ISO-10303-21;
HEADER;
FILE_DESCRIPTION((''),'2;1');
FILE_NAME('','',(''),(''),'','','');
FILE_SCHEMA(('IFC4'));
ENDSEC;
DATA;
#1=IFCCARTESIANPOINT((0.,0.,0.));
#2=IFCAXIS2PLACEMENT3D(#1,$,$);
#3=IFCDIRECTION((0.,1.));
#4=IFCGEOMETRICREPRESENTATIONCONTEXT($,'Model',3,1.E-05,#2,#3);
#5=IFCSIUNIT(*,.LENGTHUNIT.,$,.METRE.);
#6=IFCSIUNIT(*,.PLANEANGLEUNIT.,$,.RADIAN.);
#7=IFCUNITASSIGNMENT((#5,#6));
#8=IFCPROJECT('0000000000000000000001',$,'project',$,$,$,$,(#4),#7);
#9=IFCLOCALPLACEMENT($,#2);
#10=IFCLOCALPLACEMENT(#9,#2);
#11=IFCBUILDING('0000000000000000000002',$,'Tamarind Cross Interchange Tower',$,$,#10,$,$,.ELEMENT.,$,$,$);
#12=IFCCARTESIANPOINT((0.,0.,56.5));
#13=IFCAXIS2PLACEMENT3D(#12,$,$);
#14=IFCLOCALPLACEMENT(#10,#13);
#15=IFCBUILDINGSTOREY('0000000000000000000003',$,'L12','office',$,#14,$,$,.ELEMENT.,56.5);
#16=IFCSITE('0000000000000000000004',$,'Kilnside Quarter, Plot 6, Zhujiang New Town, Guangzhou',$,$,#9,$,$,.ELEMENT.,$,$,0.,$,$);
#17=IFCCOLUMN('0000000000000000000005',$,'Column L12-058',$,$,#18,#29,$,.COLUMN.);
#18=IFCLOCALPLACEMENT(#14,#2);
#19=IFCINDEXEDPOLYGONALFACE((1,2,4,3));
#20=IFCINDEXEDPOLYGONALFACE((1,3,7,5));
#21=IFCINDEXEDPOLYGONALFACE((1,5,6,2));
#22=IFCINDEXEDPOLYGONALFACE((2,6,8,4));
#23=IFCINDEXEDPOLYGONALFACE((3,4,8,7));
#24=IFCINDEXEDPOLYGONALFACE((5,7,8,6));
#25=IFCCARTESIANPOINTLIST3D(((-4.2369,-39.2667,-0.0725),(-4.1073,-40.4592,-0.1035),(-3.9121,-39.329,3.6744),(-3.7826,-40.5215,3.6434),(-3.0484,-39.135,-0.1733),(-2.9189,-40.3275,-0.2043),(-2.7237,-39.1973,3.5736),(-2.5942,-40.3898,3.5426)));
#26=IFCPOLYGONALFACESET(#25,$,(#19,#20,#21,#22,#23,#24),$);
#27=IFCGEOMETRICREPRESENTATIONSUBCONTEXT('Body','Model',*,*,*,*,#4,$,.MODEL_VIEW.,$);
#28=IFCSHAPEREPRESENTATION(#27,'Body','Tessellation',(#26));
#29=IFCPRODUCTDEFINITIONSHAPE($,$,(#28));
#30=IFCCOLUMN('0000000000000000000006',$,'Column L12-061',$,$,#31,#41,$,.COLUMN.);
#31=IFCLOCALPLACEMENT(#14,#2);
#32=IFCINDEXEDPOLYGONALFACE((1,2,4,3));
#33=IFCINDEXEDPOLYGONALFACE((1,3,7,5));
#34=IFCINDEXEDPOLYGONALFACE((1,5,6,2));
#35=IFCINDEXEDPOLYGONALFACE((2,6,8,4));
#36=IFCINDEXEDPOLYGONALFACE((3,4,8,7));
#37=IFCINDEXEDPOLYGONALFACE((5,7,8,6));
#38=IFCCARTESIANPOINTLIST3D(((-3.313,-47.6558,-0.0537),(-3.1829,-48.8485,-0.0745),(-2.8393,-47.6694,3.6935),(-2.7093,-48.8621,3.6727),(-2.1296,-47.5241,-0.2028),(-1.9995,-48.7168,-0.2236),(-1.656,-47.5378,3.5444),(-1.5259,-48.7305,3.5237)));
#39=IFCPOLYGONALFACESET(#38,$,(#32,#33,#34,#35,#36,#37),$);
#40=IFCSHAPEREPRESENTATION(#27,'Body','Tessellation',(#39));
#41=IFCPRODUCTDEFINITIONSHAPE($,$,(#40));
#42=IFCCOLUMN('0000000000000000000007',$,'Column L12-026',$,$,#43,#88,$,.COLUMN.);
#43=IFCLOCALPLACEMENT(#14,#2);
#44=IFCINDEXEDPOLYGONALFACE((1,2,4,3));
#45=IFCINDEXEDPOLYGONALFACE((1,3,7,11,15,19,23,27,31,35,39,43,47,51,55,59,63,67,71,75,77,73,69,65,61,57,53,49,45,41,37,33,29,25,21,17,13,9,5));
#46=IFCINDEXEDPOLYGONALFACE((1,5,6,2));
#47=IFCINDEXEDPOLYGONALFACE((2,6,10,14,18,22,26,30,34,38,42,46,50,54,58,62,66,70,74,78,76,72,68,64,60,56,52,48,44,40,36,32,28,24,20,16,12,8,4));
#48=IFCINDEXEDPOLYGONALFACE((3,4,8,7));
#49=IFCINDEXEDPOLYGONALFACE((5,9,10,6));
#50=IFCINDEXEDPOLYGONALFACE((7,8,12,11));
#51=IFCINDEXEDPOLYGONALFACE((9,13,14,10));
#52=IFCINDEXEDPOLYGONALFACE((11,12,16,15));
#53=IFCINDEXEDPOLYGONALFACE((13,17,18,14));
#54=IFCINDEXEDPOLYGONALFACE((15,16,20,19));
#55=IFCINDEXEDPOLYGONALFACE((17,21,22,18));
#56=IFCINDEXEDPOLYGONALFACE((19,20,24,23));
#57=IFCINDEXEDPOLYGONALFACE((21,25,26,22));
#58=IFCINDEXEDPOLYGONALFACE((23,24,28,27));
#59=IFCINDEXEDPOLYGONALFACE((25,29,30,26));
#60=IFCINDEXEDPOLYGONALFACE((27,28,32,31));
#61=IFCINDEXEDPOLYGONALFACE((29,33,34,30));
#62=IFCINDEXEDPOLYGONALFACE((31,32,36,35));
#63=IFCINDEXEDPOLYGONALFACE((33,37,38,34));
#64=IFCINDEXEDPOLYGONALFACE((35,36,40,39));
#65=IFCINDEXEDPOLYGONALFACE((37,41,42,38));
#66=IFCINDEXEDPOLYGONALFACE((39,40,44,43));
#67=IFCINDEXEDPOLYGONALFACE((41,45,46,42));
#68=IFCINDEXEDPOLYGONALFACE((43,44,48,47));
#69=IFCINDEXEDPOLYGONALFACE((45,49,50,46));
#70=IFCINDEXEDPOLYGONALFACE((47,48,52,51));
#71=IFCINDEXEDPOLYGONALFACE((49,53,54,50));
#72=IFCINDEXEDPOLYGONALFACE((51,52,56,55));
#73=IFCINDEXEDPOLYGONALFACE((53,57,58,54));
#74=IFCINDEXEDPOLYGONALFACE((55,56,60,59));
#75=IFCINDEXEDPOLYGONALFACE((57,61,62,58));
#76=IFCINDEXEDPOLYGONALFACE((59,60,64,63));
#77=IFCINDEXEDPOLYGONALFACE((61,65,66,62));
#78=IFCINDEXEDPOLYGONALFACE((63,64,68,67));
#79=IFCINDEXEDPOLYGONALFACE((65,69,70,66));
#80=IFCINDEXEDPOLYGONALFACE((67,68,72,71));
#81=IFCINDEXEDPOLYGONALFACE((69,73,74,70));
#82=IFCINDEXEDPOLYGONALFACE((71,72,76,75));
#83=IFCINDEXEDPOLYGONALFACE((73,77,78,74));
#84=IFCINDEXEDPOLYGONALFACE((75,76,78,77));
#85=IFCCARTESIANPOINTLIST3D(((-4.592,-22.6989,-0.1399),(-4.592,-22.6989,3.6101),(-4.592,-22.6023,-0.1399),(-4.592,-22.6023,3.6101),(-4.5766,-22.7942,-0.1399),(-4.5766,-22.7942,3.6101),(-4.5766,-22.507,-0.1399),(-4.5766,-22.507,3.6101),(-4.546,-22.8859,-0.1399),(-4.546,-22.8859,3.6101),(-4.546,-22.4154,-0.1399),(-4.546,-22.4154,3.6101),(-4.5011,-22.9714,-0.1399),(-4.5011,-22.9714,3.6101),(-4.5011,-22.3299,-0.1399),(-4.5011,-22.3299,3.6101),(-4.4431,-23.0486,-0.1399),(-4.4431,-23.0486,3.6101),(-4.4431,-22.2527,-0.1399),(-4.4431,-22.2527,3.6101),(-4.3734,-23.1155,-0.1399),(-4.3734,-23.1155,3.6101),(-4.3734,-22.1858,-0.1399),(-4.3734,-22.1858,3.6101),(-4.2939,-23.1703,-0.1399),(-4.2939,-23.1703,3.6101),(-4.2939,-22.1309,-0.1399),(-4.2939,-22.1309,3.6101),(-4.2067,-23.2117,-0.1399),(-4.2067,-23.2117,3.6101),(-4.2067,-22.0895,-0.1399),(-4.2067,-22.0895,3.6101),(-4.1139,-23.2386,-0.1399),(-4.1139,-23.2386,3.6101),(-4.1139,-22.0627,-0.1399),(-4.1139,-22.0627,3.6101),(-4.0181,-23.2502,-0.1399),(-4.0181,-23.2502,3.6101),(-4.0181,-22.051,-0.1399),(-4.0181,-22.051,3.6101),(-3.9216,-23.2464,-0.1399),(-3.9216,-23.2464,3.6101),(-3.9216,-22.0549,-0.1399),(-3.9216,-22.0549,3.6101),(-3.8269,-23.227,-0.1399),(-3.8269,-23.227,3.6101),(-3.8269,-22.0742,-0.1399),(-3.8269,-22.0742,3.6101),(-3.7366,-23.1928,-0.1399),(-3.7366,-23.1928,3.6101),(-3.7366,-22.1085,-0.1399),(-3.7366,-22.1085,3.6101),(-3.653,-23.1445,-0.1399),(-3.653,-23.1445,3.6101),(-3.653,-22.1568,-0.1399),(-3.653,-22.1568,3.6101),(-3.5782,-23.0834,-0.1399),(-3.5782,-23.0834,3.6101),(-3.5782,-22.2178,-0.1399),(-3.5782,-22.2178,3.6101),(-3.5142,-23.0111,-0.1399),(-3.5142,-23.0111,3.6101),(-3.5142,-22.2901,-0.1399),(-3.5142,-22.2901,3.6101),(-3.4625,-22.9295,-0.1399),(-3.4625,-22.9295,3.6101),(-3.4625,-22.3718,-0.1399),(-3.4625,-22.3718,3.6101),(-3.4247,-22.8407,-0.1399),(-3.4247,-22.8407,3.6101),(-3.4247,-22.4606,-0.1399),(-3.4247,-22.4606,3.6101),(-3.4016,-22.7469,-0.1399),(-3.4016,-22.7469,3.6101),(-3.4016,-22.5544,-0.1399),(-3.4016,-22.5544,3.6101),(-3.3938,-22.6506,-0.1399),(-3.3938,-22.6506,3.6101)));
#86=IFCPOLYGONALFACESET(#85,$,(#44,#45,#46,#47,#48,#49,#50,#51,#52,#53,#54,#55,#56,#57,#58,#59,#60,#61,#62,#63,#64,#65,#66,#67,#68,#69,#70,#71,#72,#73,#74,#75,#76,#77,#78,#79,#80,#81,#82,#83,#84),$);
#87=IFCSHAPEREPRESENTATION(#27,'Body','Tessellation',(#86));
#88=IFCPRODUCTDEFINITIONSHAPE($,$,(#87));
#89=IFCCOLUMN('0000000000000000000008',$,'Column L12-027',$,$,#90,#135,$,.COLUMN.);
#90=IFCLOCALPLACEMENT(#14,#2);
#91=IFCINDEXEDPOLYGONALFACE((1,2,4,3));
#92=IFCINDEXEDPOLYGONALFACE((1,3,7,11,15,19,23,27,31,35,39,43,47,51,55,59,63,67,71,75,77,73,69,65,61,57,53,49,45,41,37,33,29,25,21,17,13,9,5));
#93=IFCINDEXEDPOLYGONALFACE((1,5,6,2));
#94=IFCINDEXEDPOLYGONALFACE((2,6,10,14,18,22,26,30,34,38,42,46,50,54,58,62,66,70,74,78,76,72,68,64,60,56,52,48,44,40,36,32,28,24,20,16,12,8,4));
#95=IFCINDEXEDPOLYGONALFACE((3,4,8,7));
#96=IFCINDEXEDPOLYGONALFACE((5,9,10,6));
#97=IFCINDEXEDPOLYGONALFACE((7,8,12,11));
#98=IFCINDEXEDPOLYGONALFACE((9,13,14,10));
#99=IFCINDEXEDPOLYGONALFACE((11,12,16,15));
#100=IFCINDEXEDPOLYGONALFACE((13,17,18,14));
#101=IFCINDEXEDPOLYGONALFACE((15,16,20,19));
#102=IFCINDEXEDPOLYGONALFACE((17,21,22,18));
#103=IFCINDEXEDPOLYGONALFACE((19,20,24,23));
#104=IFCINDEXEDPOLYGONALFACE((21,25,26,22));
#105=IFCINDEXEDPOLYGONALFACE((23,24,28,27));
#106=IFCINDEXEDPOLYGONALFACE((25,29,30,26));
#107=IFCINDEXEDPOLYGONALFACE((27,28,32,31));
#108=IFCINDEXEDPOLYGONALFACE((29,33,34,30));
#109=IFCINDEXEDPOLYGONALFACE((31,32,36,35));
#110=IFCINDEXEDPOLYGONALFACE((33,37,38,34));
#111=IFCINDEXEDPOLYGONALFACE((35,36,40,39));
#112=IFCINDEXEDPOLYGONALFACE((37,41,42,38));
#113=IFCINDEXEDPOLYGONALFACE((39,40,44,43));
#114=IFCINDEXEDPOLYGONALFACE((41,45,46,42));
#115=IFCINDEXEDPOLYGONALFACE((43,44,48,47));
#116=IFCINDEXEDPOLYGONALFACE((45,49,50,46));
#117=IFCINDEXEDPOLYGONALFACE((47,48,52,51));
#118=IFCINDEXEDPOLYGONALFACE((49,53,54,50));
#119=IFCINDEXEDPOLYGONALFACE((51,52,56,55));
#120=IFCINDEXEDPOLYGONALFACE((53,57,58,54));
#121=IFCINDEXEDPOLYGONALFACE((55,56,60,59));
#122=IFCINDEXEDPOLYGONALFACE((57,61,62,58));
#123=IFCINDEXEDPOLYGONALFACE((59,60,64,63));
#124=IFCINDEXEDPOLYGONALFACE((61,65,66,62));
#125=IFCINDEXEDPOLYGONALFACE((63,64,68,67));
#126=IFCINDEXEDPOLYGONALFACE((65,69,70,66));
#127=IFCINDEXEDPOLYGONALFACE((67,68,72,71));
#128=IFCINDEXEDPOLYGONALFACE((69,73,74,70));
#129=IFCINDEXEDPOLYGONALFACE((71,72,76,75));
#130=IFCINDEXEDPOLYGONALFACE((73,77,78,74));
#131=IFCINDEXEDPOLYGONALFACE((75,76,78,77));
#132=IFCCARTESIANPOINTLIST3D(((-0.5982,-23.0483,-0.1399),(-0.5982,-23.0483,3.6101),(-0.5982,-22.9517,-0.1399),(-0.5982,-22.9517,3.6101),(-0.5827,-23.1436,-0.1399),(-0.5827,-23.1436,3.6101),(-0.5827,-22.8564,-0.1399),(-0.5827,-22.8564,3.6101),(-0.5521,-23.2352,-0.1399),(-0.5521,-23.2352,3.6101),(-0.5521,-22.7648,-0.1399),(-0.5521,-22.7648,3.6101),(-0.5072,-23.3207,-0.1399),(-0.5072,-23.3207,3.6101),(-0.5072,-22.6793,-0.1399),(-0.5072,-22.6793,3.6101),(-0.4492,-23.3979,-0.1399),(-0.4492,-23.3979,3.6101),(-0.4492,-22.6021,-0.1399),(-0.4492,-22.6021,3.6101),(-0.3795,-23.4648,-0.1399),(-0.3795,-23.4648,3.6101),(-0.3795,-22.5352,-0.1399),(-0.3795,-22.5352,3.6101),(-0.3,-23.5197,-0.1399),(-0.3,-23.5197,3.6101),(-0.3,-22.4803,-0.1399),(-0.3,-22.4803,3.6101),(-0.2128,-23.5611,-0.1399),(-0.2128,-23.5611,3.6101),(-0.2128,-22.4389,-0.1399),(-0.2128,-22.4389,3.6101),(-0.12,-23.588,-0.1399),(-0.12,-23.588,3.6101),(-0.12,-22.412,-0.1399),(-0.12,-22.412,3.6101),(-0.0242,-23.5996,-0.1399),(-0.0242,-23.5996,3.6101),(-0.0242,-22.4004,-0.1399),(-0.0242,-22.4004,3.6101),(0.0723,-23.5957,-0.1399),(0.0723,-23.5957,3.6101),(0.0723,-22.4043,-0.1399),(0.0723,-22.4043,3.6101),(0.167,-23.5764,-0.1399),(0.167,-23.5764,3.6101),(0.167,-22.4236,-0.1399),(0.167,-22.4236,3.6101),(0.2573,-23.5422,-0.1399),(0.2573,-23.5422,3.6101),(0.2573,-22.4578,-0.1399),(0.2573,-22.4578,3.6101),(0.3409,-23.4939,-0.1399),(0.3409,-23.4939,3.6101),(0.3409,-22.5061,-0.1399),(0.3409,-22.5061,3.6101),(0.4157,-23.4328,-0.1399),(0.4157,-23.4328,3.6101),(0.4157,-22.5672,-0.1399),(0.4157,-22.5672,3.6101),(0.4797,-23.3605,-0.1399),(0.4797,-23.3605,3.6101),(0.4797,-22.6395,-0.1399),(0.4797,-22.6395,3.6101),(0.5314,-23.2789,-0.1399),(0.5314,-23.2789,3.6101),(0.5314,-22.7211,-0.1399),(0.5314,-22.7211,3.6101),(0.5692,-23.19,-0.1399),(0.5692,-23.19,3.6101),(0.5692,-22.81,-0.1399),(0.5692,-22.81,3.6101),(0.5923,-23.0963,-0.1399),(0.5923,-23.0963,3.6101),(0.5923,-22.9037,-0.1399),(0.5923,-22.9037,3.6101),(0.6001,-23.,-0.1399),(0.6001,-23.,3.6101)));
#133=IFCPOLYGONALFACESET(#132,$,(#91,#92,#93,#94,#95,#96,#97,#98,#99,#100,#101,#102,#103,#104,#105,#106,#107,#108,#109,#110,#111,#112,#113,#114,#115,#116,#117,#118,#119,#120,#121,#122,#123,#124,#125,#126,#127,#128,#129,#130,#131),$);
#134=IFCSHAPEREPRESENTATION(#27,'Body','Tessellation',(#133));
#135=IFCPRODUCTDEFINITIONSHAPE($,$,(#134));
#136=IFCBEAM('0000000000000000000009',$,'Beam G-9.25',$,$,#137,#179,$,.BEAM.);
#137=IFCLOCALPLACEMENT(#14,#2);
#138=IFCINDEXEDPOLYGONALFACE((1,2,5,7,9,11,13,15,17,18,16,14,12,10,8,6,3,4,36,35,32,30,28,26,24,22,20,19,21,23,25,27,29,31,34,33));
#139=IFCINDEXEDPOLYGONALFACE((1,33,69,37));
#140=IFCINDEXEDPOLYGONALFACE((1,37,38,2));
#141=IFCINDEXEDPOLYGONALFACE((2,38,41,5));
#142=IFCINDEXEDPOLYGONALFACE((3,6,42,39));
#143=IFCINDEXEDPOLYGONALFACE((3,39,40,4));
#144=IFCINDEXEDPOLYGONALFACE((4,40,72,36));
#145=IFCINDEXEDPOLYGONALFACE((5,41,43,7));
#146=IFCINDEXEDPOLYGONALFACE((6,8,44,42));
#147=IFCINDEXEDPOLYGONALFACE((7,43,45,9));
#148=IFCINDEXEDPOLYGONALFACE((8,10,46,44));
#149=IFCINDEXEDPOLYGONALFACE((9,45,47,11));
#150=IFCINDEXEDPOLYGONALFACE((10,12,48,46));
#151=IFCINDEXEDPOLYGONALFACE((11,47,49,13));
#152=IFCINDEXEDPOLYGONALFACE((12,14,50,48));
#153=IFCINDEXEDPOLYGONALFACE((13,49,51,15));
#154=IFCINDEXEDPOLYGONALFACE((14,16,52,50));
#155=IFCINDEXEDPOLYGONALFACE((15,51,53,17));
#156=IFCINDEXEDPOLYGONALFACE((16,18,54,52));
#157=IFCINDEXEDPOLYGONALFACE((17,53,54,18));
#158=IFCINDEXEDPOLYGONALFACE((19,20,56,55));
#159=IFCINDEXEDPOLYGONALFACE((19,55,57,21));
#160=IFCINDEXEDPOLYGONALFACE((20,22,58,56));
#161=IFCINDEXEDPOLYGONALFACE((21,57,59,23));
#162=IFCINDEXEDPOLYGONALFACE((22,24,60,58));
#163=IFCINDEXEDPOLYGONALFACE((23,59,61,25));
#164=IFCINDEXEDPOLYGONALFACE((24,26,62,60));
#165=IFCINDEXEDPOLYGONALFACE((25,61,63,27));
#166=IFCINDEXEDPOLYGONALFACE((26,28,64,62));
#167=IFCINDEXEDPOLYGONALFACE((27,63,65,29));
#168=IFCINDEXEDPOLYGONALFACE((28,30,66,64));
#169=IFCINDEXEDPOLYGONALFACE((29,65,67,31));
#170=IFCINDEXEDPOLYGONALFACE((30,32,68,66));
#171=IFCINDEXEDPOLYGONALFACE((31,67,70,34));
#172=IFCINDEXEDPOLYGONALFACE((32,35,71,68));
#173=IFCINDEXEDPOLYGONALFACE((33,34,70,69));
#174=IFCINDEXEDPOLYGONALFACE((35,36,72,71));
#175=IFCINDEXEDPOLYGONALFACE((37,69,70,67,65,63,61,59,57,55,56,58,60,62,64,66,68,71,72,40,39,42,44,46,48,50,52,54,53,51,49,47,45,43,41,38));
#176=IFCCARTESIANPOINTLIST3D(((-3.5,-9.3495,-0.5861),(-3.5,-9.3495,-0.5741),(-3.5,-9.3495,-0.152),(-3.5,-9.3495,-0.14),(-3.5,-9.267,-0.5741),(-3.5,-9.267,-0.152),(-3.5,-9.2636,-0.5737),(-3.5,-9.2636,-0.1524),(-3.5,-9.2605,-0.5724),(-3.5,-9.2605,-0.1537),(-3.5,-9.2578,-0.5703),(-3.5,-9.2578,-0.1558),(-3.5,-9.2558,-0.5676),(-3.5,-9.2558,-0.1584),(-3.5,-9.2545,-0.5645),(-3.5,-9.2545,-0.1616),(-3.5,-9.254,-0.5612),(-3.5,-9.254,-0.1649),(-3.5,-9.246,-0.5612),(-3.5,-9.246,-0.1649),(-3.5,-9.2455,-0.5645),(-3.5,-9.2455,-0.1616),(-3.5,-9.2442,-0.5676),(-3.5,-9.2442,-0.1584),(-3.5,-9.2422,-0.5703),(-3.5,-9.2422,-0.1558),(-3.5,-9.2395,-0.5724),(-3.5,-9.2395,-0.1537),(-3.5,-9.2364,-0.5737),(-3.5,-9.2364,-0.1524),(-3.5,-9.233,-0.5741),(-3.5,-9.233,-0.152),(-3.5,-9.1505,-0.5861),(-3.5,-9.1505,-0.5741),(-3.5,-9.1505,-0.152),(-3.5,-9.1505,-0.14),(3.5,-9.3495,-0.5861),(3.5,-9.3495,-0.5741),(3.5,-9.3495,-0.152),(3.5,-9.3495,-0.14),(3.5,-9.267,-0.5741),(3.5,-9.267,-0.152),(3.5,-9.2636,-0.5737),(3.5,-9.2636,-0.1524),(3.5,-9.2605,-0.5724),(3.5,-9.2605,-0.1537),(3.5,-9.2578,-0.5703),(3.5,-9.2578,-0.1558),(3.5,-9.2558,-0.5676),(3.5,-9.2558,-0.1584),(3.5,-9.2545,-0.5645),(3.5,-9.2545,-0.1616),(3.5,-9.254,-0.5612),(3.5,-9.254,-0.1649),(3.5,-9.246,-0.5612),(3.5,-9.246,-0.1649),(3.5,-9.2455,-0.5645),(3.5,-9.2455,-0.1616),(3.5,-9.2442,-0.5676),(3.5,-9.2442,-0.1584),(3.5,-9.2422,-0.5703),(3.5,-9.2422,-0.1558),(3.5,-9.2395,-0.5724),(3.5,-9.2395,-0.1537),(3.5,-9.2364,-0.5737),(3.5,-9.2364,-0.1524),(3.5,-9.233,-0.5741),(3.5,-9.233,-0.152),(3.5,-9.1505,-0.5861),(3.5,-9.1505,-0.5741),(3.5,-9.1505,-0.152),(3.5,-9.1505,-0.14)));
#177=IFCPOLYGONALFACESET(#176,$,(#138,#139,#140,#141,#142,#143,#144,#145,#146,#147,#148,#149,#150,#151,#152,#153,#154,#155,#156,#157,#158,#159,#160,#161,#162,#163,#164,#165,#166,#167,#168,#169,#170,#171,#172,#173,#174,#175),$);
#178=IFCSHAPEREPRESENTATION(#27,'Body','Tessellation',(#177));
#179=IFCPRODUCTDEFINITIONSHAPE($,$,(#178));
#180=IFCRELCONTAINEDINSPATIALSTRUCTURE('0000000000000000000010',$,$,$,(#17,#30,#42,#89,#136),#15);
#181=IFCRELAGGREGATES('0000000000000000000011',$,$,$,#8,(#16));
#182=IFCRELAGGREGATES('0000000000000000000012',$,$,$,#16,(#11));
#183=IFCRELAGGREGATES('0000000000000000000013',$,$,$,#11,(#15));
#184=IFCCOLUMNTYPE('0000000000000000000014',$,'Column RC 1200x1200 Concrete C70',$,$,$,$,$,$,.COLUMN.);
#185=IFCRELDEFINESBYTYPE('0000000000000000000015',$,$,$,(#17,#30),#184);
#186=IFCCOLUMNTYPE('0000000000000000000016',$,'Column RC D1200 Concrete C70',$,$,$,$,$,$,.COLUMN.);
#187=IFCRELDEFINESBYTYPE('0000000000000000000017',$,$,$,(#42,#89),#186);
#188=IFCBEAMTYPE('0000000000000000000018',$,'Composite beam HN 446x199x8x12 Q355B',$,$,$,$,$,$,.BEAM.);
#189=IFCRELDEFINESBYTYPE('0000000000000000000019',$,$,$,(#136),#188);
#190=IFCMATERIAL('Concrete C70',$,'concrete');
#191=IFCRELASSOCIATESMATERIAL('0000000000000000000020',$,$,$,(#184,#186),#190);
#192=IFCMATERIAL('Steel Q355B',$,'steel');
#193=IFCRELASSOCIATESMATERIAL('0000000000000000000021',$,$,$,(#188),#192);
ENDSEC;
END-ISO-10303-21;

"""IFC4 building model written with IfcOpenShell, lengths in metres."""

from ifc_helpers import new_model, si_unit, direction, frame, origin, origin_2d, place, context, subcontext, project, spatial, rectangle, circle, i_section, extrude, material, material_profile, profile_set, type_object, element, save


model = new_model("IFC4")

# Units and contexts
model_context = context("Model", 3, precision=1e-05, world=origin(), true_north=direction((0.0, 1.0)))
body_context = subcontext(model_context, "Body", "Model", "MODEL_VIEW")
ifc_project = project(units=[si_unit("LENGTHUNIT", "METRE"), si_unit("PLANEANGLEUNIT", "RADIAN")], contexts=[model_context])

# Site, building, storey
site_placement = place(None, origin())
site = spatial("IfcSite", under=ifc_project, at=site_placement, Name="Kilnside Quarter, Plot 6, Zhujiang New Town, Guangzhou", CompositionType="ELEMENT", RefElevation=0.0)
building_placement = place(site_placement, origin())
building = spatial("IfcBuilding", under=site, at=building_placement, Name="Tamarind Cross Interchange Tower", CompositionType="ELEMENT")
storey_placement = place(building_placement, frame((0.0, 0.0, 56.5)))
storey = spatial("IfcBuildingStorey", under=building, at=storey_placement, Name="L12", Description="office", CompositionType="ELEMENT", Elevation=56.5)

# Columns
ifc_material_1 = material(Name="Concrete C70", Category="concrete")
ifc_material_profile_1 = material_profile(ifc_material_1, rectangle(XDim=1.2, YDim=1.2, at=origin_2d()), Name="RC 1200x1200")
ifc_profile_set_1 = profile_set([ifc_material_profile_1], Name="Concrete C70")
column_type_1 = type_object("IfcColumnType", Name="Column RC 1200x1200 Concrete C70", PredefinedType="COLUMN", material=ifc_profile_set_1)
column_1_placement = place(storey_placement, frame((-3.5779, -39.7971, -0.1384), z_axis=(0.086326, -0.016551, 0.996129), x_axis=(-0.10793, 0.993822, 0.025866)))
element("IfcColumn", 1, at=column_1_placement, inside=storey, type_object=column_type_1, Name="Column L12-058", PredefinedType="COLUMN", context=body_context, shape_type="SweptSolid", body=[
    extrude(rectangle(XDim=1.2, YDim=1.2, at=origin_2d()), origin(), (0.0, 0.0, 1.0), 3.7615),
])
column_2_placement = place(storey_placement, frame((-2.6562, -48.1863, -0.1387), z_axis=(0.125394, -0.00362, 0.9921), x_axis=(-0.108401, 0.993956, 0.017328)))
element("IfcColumn", 2, at=column_2_placement, inside=storey, type_object=column_type_1, Name="Column L12-061", PredefinedType="COLUMN", context=body_context, shape_type="SweptSolid", body=[
    extrude(rectangle(XDim=1.2, YDim=1.2, at=origin_2d()), origin(), (0.0, 0.0, 1.0), 3.7771),
])
ifc_material_profile_2 = material_profile(ifc_material_1, circle(Radius=0.6001, at=origin_2d()), Name="RC D1200")
ifc_profile_set_2 = profile_set([ifc_material_profile_2], Name="Concrete C70")
column_type_2 = type_object("IfcColumnType", Name="Column RC D1200 Concrete C70", PredefinedType="COLUMN", material=ifc_profile_set_2)
for number, where, z_axis, x_axis, name in (
    (3, (-3.9939, -22.6506, -0.1399), (0.0, 0.0, 1.0), (1.0, 0.0, 0.0), "Column L12-026"),
    (4, (0.0, -23.0, -0.1399), (0.0, 0.0, 1.0), (1.0, 0.0, 0.0), "Column L12-027"),
):
    element("IfcColumn", number, at=place(storey_placement, frame(where, z_axis=z_axis, x_axis=x_axis)), inside=storey, type_object=column_type_2, Name=name, PredefinedType="COLUMN", context=body_context, shape_type="SweptSolid", body=[
        extrude(circle(Radius=0.6001, at=origin_2d()), origin(), (0.0, 0.0, 1.0), 3.75),
    ])

# Beam
ifc_material_2 = material(Name="Steel Q355B", Category="steel")
ifc_material_profile_3 = material_profile(ifc_material_2, i_section(OverallWidth=0.199, OverallDepth=0.446, WebThickness=0.0081, FlangeThickness=0.012, FilletRadius=0.0129, at=origin_2d()), Name="HN 446x199x8x12")
ifc_profile_set_3 = profile_set([ifc_material_profile_3], Name="Steel Q355B")
beam_type_1 = type_object("IfcBeamType", Name="Composite beam HN 446x199x8x12 Q355B", PredefinedType="BEAM", material=ifc_profile_set_3)
beam_1_placement = place(storey_placement, frame((-3.5, -9.25, -0.363), z_axis=(1.0, 0.0, 0.0), x_axis=(0.0, 1.0, 0.0)))
element("IfcBeam", 5, at=beam_1_placement, inside=storey, type_object=beam_type_1, Name="Beam G-9.25", PredefinedType="BEAM", context=body_context, shape_type="SweptSolid", body=[
    extrude(i_section(OverallWidth=0.199, OverallDepth=0.446, WebThickness=0.0081, FlangeThickness=0.012, FilletRadius=0.0129, at=origin_2d()), origin(), (0.0, 0.0, 1.0), 7.0),
])

save(model, "model.ifc")
